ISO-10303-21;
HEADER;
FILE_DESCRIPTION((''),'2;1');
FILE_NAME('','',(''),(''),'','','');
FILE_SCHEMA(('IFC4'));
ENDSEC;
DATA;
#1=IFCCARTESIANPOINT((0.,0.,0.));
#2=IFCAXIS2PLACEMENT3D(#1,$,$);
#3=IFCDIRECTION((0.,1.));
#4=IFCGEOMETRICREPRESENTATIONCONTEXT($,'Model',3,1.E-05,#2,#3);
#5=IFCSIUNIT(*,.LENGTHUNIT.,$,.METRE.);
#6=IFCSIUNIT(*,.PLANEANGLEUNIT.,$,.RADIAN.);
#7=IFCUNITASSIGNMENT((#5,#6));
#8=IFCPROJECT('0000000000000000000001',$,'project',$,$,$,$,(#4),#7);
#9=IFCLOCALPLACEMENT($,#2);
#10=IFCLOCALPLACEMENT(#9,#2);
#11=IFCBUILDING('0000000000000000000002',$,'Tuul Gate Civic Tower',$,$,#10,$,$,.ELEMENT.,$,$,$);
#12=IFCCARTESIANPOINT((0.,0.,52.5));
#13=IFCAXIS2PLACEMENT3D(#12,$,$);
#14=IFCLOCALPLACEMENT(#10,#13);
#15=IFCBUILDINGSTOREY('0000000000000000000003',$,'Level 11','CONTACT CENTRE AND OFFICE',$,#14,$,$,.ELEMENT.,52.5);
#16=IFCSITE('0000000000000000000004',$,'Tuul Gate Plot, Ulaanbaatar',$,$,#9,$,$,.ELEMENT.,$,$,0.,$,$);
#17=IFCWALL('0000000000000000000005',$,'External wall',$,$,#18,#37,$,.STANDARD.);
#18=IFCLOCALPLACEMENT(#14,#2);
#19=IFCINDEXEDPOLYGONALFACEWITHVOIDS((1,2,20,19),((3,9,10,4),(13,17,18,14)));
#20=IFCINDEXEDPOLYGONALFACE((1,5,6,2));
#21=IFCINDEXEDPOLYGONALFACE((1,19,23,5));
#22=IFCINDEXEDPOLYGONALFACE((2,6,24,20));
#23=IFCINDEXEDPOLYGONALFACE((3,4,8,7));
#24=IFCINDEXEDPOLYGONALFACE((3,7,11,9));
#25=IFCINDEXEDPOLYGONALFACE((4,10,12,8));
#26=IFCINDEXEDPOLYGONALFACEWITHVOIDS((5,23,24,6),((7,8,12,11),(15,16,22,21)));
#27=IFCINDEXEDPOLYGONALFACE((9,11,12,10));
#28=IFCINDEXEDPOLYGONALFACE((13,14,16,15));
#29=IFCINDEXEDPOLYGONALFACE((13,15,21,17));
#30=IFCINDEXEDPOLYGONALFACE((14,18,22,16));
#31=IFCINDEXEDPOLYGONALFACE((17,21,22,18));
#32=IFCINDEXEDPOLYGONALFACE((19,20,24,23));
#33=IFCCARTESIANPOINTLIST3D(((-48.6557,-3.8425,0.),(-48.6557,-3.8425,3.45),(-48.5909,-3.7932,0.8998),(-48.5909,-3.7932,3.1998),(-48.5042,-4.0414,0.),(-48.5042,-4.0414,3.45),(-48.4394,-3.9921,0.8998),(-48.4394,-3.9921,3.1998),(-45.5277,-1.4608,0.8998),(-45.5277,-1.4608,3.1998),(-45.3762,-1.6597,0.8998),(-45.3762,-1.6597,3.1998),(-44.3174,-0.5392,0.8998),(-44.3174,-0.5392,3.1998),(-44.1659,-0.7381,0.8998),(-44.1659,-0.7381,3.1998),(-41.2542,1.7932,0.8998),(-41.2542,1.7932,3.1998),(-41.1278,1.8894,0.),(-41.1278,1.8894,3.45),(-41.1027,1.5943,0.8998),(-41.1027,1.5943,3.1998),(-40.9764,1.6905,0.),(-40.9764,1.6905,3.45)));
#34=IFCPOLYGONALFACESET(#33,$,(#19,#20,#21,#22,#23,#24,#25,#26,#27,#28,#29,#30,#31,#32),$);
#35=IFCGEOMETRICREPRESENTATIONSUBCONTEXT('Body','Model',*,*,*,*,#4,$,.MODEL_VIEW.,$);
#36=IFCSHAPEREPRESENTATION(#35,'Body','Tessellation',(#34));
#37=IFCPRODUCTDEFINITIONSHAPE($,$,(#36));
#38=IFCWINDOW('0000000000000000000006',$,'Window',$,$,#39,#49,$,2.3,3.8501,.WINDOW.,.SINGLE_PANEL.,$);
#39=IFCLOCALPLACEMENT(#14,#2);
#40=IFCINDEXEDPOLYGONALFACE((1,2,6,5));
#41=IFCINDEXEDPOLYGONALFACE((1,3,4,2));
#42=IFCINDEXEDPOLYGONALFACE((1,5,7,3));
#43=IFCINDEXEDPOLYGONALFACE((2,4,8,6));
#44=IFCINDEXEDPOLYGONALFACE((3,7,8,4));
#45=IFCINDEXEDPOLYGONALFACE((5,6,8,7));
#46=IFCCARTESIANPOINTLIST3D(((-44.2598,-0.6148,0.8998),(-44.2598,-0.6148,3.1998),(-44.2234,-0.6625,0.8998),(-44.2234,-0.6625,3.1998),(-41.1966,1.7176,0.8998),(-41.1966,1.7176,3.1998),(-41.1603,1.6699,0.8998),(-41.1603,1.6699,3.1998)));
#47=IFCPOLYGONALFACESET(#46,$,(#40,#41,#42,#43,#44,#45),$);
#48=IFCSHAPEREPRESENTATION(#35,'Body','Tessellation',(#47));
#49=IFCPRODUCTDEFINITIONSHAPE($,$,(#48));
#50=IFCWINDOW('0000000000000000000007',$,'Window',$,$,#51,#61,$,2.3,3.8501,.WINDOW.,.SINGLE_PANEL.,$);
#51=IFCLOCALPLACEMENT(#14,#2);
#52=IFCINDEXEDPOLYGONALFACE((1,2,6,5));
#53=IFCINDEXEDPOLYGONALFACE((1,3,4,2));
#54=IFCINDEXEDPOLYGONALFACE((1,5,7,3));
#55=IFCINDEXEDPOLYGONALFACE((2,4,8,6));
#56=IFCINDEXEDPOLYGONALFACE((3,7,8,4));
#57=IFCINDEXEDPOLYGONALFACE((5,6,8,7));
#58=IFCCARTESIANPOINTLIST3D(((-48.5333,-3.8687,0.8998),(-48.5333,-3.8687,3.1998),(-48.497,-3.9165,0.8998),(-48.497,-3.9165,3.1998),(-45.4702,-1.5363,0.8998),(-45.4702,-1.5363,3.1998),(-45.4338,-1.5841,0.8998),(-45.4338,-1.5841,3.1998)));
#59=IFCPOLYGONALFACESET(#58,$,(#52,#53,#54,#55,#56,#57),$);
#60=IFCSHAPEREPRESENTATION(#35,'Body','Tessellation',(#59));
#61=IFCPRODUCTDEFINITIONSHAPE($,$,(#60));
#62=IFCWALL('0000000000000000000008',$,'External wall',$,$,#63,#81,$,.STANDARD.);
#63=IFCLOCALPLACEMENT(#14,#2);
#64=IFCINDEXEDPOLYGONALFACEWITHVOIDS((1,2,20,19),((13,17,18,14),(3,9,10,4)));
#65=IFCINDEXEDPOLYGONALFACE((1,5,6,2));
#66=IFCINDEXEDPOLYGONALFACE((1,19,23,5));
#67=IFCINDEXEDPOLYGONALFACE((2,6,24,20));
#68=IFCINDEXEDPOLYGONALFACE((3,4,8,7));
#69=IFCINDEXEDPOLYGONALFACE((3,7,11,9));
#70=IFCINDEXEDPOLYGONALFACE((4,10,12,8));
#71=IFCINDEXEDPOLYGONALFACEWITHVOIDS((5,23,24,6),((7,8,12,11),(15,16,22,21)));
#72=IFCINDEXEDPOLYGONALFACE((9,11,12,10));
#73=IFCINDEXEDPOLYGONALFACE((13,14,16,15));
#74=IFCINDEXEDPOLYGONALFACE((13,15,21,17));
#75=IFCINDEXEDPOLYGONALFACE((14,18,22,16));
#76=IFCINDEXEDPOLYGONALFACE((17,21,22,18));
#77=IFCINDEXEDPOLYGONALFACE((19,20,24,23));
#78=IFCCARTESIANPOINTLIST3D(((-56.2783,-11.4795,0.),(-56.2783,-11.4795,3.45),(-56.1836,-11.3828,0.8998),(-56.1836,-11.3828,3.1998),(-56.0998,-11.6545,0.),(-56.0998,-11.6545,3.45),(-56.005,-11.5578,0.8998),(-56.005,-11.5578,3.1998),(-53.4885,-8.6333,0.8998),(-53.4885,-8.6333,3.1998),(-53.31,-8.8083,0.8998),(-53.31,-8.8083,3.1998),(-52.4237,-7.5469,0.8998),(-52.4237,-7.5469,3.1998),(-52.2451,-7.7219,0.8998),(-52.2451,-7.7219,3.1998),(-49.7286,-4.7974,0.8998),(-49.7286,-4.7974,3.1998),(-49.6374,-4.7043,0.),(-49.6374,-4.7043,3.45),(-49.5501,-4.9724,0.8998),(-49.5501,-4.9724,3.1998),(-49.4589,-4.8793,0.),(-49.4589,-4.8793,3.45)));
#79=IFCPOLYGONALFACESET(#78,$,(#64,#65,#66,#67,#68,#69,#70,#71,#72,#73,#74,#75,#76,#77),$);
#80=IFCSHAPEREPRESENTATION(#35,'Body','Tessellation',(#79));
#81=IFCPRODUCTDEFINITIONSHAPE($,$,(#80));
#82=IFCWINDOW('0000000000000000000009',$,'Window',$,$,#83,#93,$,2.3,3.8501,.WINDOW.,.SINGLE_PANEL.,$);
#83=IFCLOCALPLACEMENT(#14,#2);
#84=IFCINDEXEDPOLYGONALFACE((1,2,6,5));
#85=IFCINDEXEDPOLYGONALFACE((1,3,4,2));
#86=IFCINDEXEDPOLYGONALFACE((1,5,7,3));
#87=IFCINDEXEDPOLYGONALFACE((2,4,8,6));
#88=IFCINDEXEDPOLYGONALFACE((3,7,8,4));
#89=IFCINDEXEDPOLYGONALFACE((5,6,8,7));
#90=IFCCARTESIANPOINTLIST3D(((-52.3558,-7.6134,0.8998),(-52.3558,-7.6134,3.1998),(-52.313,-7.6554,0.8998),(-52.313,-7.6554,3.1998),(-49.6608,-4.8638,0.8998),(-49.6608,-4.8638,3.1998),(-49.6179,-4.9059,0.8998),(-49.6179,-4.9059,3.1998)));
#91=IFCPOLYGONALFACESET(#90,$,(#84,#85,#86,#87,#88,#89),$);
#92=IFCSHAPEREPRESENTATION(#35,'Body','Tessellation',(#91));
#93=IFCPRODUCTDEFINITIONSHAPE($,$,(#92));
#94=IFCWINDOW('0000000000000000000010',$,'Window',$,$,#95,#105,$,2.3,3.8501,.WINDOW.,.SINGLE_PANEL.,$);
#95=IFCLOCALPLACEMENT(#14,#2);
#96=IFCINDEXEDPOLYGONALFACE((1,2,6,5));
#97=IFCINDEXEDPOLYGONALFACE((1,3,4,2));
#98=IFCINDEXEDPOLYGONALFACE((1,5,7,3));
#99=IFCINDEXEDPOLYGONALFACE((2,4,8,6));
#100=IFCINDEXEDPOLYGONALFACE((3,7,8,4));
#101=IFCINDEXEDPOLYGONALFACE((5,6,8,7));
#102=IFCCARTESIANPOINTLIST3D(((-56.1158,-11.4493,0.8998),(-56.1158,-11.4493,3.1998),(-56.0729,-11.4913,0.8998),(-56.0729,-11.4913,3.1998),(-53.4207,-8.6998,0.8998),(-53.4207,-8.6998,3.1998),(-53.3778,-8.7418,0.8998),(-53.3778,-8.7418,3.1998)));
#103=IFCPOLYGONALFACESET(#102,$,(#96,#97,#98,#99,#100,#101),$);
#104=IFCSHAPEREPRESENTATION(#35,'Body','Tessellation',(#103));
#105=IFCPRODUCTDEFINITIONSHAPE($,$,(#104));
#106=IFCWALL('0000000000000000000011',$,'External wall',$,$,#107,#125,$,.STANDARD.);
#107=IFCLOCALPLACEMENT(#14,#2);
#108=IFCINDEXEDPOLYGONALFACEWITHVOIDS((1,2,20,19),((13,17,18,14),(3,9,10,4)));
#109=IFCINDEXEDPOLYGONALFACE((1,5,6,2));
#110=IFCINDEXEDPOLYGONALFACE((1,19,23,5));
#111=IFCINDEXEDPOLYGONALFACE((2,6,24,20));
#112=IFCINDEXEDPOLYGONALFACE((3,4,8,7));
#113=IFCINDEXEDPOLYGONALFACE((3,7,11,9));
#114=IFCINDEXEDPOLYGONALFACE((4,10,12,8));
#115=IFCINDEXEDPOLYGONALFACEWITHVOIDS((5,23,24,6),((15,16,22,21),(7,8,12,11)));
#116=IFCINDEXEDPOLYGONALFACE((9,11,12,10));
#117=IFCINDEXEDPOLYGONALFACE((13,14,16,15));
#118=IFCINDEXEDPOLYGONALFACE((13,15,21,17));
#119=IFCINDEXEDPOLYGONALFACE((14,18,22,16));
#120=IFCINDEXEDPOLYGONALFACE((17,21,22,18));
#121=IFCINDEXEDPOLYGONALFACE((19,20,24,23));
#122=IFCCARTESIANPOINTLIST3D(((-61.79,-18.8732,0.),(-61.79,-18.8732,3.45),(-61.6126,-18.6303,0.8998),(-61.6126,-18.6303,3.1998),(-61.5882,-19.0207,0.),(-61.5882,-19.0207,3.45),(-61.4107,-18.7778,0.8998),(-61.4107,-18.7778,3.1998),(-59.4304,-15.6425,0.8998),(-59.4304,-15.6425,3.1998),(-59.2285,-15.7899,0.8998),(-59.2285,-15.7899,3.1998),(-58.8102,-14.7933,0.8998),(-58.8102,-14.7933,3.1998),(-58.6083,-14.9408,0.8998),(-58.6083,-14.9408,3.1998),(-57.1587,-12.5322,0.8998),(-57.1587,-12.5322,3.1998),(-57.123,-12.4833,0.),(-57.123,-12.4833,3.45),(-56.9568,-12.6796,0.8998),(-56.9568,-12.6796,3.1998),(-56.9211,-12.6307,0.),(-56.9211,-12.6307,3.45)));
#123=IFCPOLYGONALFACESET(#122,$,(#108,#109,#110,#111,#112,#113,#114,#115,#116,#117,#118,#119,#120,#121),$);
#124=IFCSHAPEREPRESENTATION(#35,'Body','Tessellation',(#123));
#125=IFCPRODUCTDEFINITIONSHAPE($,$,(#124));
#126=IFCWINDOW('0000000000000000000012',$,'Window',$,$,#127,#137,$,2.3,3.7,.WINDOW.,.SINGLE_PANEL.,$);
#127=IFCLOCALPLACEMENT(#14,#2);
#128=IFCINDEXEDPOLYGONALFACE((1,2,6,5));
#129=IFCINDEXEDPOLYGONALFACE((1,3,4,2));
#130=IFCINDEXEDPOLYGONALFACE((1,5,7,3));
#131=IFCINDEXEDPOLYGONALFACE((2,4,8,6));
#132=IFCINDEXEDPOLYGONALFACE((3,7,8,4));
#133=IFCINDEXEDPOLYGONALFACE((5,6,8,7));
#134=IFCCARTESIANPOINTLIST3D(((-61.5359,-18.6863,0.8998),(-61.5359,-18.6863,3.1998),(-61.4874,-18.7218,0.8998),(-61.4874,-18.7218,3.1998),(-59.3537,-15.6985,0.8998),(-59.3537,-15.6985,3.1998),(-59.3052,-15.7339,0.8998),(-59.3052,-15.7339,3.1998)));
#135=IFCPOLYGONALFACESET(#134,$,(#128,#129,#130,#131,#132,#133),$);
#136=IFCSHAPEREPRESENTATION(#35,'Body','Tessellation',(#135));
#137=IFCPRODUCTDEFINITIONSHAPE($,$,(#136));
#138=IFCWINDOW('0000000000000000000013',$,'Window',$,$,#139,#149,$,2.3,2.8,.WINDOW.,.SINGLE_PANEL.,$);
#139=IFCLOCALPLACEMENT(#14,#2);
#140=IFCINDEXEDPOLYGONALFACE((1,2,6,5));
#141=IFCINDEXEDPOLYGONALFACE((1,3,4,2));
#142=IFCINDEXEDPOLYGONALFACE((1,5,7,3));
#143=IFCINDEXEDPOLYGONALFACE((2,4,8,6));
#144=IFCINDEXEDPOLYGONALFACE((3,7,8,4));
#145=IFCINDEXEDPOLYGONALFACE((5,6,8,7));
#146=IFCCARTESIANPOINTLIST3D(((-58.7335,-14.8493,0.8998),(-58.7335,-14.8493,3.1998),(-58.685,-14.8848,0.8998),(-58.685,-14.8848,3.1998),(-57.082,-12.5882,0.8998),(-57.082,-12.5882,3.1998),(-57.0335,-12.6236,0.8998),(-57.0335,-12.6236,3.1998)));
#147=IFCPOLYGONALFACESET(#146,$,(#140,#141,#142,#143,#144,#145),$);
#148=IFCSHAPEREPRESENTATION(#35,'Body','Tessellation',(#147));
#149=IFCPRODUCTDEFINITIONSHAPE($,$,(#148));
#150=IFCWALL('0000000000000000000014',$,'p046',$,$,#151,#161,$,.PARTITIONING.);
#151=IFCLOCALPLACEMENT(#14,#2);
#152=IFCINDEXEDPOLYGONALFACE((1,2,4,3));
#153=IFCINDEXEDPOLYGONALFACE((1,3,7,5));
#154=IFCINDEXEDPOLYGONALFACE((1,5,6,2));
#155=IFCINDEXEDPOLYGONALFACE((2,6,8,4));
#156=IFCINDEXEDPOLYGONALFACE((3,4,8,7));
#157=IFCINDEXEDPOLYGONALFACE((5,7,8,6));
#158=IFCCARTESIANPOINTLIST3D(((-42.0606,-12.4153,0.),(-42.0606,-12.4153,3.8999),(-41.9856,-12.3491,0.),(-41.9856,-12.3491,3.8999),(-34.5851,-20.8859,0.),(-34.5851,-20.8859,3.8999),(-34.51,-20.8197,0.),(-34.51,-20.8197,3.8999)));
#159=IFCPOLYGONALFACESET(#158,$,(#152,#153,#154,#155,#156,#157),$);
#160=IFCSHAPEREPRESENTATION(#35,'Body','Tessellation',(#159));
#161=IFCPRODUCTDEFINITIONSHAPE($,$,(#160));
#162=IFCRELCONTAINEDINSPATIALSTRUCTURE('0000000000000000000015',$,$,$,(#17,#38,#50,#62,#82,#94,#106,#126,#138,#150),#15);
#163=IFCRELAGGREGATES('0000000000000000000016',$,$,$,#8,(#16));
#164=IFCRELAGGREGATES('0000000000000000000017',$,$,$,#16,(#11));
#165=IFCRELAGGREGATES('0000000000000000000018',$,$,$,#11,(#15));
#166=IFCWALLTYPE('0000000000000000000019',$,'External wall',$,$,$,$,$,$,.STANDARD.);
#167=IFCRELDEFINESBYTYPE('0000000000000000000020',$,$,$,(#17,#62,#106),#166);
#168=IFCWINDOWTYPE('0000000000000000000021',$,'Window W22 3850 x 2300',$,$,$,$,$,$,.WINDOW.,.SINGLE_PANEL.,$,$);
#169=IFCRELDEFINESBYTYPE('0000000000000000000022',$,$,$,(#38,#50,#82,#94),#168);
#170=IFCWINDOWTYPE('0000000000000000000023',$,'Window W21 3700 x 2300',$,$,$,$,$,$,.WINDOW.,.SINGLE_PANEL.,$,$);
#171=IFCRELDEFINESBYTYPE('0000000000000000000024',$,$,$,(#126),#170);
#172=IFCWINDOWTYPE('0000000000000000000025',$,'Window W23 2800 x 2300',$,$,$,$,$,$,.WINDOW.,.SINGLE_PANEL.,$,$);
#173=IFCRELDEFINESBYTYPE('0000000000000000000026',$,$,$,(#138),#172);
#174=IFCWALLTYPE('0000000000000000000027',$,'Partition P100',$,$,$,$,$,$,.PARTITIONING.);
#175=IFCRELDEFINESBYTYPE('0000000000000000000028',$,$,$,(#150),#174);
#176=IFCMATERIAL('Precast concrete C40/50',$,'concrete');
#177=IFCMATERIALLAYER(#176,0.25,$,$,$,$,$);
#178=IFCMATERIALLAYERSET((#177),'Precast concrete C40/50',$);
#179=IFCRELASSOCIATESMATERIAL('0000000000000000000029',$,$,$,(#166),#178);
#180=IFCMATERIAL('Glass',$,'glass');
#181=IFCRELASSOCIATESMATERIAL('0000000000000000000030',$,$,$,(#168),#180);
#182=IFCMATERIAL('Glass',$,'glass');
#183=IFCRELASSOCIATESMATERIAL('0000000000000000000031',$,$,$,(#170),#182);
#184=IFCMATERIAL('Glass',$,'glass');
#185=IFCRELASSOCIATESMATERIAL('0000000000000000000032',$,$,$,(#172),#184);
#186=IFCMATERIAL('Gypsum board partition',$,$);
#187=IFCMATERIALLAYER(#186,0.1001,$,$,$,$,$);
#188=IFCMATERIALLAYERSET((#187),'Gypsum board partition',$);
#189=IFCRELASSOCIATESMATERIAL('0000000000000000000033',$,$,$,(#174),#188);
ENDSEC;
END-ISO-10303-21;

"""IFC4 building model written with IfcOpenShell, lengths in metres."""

from ifc_helpers import new_model, si_unit, direction, frame, frame_2d, origin, place, context, subcontext, project, spatial, rectangle, extrude, material, layer, layer_set, type_object, element, fill, save


model = new_model("IFC4")

# Units and contexts
model_context = context("Model", 3, precision=1e-05, world=origin(), true_north=direction((0.0, 1.0)))
body_context = subcontext(model_context, "Body", "Model", "MODEL_VIEW")
ifc_project = project(units=[si_unit("LENGTHUNIT", "METRE"), si_unit("PLANEANGLEUNIT", "RADIAN")], contexts=[model_context])

# Site, building, storey
site_placement = place(None, origin())
site = spatial("IfcSite", under=ifc_project, at=site_placement, Name="Tuul Gate Plot, Ulaanbaatar", CompositionType="ELEMENT", RefElevation=0.0)
building_placement = place(site_placement, origin())
building = spatial("IfcBuilding", under=site, at=building_placement, Name="Tuul Gate Civic Tower", CompositionType="ELEMENT")
storey_placement = place(building_placement, frame((0.0, 0.0, 52.5)))
storey = spatial("IfcBuildingStorey", under=building, at=storey_placement, Name="Level 11", Description="CONTACT CENTRE AND OFFICE", CompositionType="ELEMENT", Elevation=52.5)

# Walls, openings, windows
ifc_material_1 = material(Name="Precast concrete C40/50", Category="concrete")
ifc_layer_1 = layer(ifc_material_1, 0.25)
ifc_layer_set_1 = layer_set([ifc_layer_1], Name="Precast concrete C40/50")
wall_type_1 = type_object("IfcWallType", Name="External wall", PredefinedType="STANDARD", material=ifc_layer_set_1)
wall_1_placement = place(storey_placement, frame((-41.052, 1.79, 0.0), z_axis=(0.0, 0.0, 1.0), x_axis=(-0.795613, -0.605805, 0.0)))
wall_1 = element("IfcWall", 1, at=wall_1_placement, inside=storey, type_object=wall_type_1, Name="External wall", PredefinedType="STANDARD", context=body_context, shape_type="SweptSolid", body=[
    extrude(rectangle(XDim=9.4617, YDim=0.25, at=frame_2d((4.731, 0.0))), origin(), (0.0, 0.0, 1.0), 3.45),
])
opening_1_placement = place(wall_1_placement, frame((0.1589, 0.0, 0.8999)))
opening_1 = element("IfcOpeningElement", 2, at=opening_1_placement, cuts=wall_1, PredefinedType="OPENING", context=body_context, shape_type="SweptSolid", body=[
    extrude(rectangle(XDim=3.8501, YDim=2.3, at=frame_2d((1.925, 1.1499))), frame((0.0, 0.135, 0.0), z_axis=(0.0, -1.0, 0.0), x_axis=(1.0, 0.0, 0.0)), (0.0, 0.0, 1.0), 0.27),
])
opening_2_placement = place(wall_1_placement, frame((5.5303, 0.0, 0.8999)))
opening_2 = element("IfcOpeningElement", 3, at=opening_2_placement, cuts=wall_1, PredefinedType="OPENING", context=body_context, shape_type="SweptSolid", body=[
    extrude(rectangle(XDim=3.8501, YDim=2.3, at=frame_2d((1.925, 1.1499))), frame((0.0, 0.135, 0.0), z_axis=(0.0, -1.0, 0.0), x_axis=(1.0, 0.0, 0.0)), (0.0, 0.0, 1.0), 0.27),
])
ifc_material_2 = material(Name="Glass", Category="glass")
window_type_1 = type_object("IfcWindowType", Name="Window W22 3850 x 2300", PartitioningType="SINGLE_PANEL", PredefinedType="WINDOW", material=ifc_material_2)
window_1_placement = place(opening_1_placement, origin())
window_1 = element("IfcWindow", 4, at=window_1_placement, inside=storey, type_object=window_type_1, Name="Window", OverallHeight=2.3, OverallWidth=3.8501, PartitioningType="SINGLE_PANEL", PredefinedType="WINDOW", context=body_context, shape_type="SweptSolid", body=[
    extrude(rectangle(XDim=3.8501, YDim=2.3, at=frame_2d((1.925, 1.1499))), frame((0.0, 0.03, 0.0), z_axis=(0.0, -1.0, 0.0), x_axis=(1.0, 0.0, 0.0)), (0.0, 0.0, 1.0), 0.0601),
])
fill(opening_1, window_1)
window_2_placement = place(opening_2_placement, origin())
window_2 = element("IfcWindow", 5, at=window_2_placement, inside=storey, type_object=window_type_1, Name="Window", OverallHeight=2.3, OverallWidth=3.8501, PartitioningType="SINGLE_PANEL", PredefinedType="WINDOW", context=body_context, shape_type="SweptSolid", body=[
    extrude(rectangle(XDim=3.8501, YDim=2.3, at=frame_2d((1.925, 1.1499))), frame((0.0, 0.03, 0.0), z_axis=(0.0, -1.0, 0.0), x_axis=(1.0, 0.0, 0.0)), (0.0, 0.0, 1.0), 0.0601),
])
fill(opening_2, window_2)
wall_2_placement = place(storey_placement, frame((-49.5481, -4.7917, 0.0), z_axis=(0.0, 0.0, 1.0), x_axis=(-0.699994, -0.714148, 0.0)))
wall_2 = element("IfcWall", 6, at=wall_2_placement, inside=storey, type_object=wall_type_1, Name="External wall", PredefinedType="STANDARD", context=body_context, shape_type="SweptSolid", body=[
    extrude(rectangle(XDim=9.4871, YDim=0.25, at=frame_2d((4.7437, 0.0))), origin(), (0.0, 0.0, 1.0), 3.45),
])
opening_3_placement = place(wall_2_placement, frame((0.1304, 0.0, 0.8999)))
opening_3 = element("IfcOpeningElement", 7, at=opening_3_placement, cuts=wall_2, PredefinedType="OPENING", context=body_context, shape_type="SweptSolid", body=[
    extrude(rectangle(XDim=3.8501, YDim=2.3, at=frame_2d((1.925, 1.1499))), frame((0.0, 0.135, 0.0), z_axis=(0.0, -1.0, 0.0), x_axis=(1.0, 0.0, 0.0)), (0.0, 0.0, 1.0), 0.27),
])
opening_4_placement = place(wall_2_placement, frame((5.5017, 0.0, 0.8999)))
opening_4 = element("IfcOpeningElement", 8, at=opening_4_placement, cuts=wall_2, PredefinedType="OPENING", context=body_context, shape_type="SweptSolid", body=[
    extrude(rectangle(XDim=3.8501, YDim=2.3, at=frame_2d((1.925, 1.1499))), frame((0.0, 0.135, 0.0), z_axis=(0.0, -1.0, 0.0), x_axis=(1.0, 0.0, 0.0)), (0.0, 0.0, 1.0), 0.27),
])
window_3_placement = place(opening_3_placement, origin())
window_3 = element("IfcWindow", 9, at=window_3_placement, inside=storey, type_object=window_type_1, Name="Window", OverallHeight=2.3, OverallWidth=3.8501, PartitioningType="SINGLE_PANEL", PredefinedType="WINDOW", context=body_context, shape_type="SweptSolid", body=[
    extrude(rectangle(XDim=3.8501, YDim=2.3, at=frame_2d((1.925, 1.1499))), frame((0.0, 0.03, 0.0), z_axis=(0.0, -1.0, 0.0), x_axis=(1.0, 0.0, 0.0)), (0.0, 0.0, 1.0), 0.0601),
])
fill(opening_3, window_3)
window_4_placement = place(opening_4_placement, origin())
window_4 = element("IfcWindow", 10, at=window_4_placement, inside=storey, type_object=window_type_1, Name="Window", OverallHeight=2.3, OverallWidth=3.8501, PartitioningType="SINGLE_PANEL", PredefinedType="WINDOW", context=body_context, shape_type="SweptSolid", body=[
    extrude(rectangle(XDim=3.8501, YDim=2.3, at=frame_2d((1.925, 1.1499))), frame((0.0, 0.03, 0.0), z_axis=(0.0, -1.0, 0.0), x_axis=(1.0, 0.0, 0.0)), (0.0, 0.0, 1.0), 0.0601),
])
fill(opening_4, window_4)
wall_3_placement = place(storey_placement, frame((-57.022, -12.5569, 0.0), z_axis=(0.0, 0.0, 1.0), x_axis=(-0.589807, -0.807544, 0.0)))
wall_3 = element("IfcWall", 11, at=wall_3_placement, inside=storey, type_object=wall_type_1, Name="External wall", PredefinedType="STANDARD", context=body_context, shape_type="SweptSolid", body=[
    extrude(rectangle(XDim=7.9128, YDim=0.25, at=frame_2d((3.9565, 0.0))), origin(), (0.0, 0.0, 1.0), 3.45),
])
opening_5_placement = place(wall_3_placement, frame((0.0608, 0.0, 0.8999)))
opening_5 = element("IfcOpeningElement", 12, at=opening_5_placement, cuts=wall_3, PredefinedType="OPENING", context=body_context, shape_type="SweptSolid", body=[
    extrude(rectangle(XDim=2.8, YDim=2.3, at=frame_2d((1.3999, 1.1499))), frame((0.0, 0.135, 0.0), z_axis=(0.0, -1.0, 0.0), x_axis=(1.0, 0.0, 0.0)), (0.0, 0.0, 1.0), 0.27),
])
opening_6_placement = place(wall_3_placement, frame((3.9121, 0.0, 0.8999)))
opening_6 = element("IfcOpeningElement", 13, at=opening_6_placement, cuts=wall_3, PredefinedType="OPENING", context=body_context, shape_type="SweptSolid", body=[
    extrude(rectangle(XDim=3.7, YDim=2.3, at=frame_2d((1.8501, 1.1499))), frame((0.0, 0.135, 0.0), z_axis=(0.0, -1.0, 0.0), x_axis=(1.0, 0.0, 0.0)), (0.0, 0.0, 1.0), 0.27),
])
ifc_material_3 = material(Name="Glass", Category="glass")
window_type_2 = type_object("IfcWindowType", Name="Window W21 3700 x 2300", PartitioningType="SINGLE_PANEL", PredefinedType="WINDOW", material=ifc_material_3)
window_5_placement = place(opening_6_placement, origin())
window_5 = element("IfcWindow", 14, at=window_5_placement, inside=storey, type_object=window_type_2, Name="Window", OverallHeight=2.3, OverallWidth=3.7, PartitioningType="SINGLE_PANEL", PredefinedType="WINDOW", context=body_context, shape_type="SweptSolid", body=[
    extrude(rectangle(XDim=3.7, YDim=2.3, at=frame_2d((1.8501, 1.1499))), frame((0.0, 0.03, 0.0), z_axis=(0.0, -1.0, 0.0), x_axis=(1.0, 0.0, 0.0)), (0.0, 0.0, 1.0), 0.0601),
])
fill(opening_6, window_5)
ifc_material_4 = material(Name="Glass", Category="glass")
window_type_3 = type_object("IfcWindowType", Name="Window W23 2800 x 2300", PartitioningType="SINGLE_PANEL", PredefinedType="WINDOW", material=ifc_material_4)
window_6_placement = place(opening_5_placement, origin())
window_6 = element("IfcWindow", 15, at=window_6_placement, inside=storey, type_object=window_type_3, Name="Window", OverallHeight=2.3, OverallWidth=2.8, PartitioningType="SINGLE_PANEL", PredefinedType="WINDOW", context=body_context, shape_type="SweptSolid", body=[
    extrude(rectangle(XDim=2.8, YDim=2.3, at=frame_2d((1.3999, 1.1499))), frame((0.0, 0.03, 0.0), z_axis=(0.0, -1.0, 0.0), x_axis=(1.0, 0.0, 0.0)), (0.0, 0.0, 1.0), 0.0601),
])
fill(opening_5, window_6)

# Wall
ifc_material_5 = material(Name="Gypsum board partition")
ifc_layer_2 = layer(ifc_material_5, 0.1001)
ifc_layer_set_2 = layer_set([ifc_layer_2], Name="Gypsum board partition")
wall_type_2 = type_object("IfcWallType", Name="Partition P100", PredefinedType="PARTITIONING", material=ifc_layer_set_2)
wall_4_placement = place(storey_placement, frame((-42.0232, -12.3821, 0.0), z_axis=(0.0, 0.0, 1.0), x_axis=(0.661693, -0.749775, 0.0)))
element("IfcWall", 16, at=wall_4_placement, inside=storey, type_object=wall_type_2, Name="p046", PredefinedType="PARTITIONING", context=body_context, shape_type="SweptSolid", body=[
    extrude(rectangle(XDim=11.2976, YDim=0.1001, at=frame_2d((5.6489, 0.0))), origin(), (0.0, 0.0, 1.0), 3.8999),
])

save(model, "model.ifc")
